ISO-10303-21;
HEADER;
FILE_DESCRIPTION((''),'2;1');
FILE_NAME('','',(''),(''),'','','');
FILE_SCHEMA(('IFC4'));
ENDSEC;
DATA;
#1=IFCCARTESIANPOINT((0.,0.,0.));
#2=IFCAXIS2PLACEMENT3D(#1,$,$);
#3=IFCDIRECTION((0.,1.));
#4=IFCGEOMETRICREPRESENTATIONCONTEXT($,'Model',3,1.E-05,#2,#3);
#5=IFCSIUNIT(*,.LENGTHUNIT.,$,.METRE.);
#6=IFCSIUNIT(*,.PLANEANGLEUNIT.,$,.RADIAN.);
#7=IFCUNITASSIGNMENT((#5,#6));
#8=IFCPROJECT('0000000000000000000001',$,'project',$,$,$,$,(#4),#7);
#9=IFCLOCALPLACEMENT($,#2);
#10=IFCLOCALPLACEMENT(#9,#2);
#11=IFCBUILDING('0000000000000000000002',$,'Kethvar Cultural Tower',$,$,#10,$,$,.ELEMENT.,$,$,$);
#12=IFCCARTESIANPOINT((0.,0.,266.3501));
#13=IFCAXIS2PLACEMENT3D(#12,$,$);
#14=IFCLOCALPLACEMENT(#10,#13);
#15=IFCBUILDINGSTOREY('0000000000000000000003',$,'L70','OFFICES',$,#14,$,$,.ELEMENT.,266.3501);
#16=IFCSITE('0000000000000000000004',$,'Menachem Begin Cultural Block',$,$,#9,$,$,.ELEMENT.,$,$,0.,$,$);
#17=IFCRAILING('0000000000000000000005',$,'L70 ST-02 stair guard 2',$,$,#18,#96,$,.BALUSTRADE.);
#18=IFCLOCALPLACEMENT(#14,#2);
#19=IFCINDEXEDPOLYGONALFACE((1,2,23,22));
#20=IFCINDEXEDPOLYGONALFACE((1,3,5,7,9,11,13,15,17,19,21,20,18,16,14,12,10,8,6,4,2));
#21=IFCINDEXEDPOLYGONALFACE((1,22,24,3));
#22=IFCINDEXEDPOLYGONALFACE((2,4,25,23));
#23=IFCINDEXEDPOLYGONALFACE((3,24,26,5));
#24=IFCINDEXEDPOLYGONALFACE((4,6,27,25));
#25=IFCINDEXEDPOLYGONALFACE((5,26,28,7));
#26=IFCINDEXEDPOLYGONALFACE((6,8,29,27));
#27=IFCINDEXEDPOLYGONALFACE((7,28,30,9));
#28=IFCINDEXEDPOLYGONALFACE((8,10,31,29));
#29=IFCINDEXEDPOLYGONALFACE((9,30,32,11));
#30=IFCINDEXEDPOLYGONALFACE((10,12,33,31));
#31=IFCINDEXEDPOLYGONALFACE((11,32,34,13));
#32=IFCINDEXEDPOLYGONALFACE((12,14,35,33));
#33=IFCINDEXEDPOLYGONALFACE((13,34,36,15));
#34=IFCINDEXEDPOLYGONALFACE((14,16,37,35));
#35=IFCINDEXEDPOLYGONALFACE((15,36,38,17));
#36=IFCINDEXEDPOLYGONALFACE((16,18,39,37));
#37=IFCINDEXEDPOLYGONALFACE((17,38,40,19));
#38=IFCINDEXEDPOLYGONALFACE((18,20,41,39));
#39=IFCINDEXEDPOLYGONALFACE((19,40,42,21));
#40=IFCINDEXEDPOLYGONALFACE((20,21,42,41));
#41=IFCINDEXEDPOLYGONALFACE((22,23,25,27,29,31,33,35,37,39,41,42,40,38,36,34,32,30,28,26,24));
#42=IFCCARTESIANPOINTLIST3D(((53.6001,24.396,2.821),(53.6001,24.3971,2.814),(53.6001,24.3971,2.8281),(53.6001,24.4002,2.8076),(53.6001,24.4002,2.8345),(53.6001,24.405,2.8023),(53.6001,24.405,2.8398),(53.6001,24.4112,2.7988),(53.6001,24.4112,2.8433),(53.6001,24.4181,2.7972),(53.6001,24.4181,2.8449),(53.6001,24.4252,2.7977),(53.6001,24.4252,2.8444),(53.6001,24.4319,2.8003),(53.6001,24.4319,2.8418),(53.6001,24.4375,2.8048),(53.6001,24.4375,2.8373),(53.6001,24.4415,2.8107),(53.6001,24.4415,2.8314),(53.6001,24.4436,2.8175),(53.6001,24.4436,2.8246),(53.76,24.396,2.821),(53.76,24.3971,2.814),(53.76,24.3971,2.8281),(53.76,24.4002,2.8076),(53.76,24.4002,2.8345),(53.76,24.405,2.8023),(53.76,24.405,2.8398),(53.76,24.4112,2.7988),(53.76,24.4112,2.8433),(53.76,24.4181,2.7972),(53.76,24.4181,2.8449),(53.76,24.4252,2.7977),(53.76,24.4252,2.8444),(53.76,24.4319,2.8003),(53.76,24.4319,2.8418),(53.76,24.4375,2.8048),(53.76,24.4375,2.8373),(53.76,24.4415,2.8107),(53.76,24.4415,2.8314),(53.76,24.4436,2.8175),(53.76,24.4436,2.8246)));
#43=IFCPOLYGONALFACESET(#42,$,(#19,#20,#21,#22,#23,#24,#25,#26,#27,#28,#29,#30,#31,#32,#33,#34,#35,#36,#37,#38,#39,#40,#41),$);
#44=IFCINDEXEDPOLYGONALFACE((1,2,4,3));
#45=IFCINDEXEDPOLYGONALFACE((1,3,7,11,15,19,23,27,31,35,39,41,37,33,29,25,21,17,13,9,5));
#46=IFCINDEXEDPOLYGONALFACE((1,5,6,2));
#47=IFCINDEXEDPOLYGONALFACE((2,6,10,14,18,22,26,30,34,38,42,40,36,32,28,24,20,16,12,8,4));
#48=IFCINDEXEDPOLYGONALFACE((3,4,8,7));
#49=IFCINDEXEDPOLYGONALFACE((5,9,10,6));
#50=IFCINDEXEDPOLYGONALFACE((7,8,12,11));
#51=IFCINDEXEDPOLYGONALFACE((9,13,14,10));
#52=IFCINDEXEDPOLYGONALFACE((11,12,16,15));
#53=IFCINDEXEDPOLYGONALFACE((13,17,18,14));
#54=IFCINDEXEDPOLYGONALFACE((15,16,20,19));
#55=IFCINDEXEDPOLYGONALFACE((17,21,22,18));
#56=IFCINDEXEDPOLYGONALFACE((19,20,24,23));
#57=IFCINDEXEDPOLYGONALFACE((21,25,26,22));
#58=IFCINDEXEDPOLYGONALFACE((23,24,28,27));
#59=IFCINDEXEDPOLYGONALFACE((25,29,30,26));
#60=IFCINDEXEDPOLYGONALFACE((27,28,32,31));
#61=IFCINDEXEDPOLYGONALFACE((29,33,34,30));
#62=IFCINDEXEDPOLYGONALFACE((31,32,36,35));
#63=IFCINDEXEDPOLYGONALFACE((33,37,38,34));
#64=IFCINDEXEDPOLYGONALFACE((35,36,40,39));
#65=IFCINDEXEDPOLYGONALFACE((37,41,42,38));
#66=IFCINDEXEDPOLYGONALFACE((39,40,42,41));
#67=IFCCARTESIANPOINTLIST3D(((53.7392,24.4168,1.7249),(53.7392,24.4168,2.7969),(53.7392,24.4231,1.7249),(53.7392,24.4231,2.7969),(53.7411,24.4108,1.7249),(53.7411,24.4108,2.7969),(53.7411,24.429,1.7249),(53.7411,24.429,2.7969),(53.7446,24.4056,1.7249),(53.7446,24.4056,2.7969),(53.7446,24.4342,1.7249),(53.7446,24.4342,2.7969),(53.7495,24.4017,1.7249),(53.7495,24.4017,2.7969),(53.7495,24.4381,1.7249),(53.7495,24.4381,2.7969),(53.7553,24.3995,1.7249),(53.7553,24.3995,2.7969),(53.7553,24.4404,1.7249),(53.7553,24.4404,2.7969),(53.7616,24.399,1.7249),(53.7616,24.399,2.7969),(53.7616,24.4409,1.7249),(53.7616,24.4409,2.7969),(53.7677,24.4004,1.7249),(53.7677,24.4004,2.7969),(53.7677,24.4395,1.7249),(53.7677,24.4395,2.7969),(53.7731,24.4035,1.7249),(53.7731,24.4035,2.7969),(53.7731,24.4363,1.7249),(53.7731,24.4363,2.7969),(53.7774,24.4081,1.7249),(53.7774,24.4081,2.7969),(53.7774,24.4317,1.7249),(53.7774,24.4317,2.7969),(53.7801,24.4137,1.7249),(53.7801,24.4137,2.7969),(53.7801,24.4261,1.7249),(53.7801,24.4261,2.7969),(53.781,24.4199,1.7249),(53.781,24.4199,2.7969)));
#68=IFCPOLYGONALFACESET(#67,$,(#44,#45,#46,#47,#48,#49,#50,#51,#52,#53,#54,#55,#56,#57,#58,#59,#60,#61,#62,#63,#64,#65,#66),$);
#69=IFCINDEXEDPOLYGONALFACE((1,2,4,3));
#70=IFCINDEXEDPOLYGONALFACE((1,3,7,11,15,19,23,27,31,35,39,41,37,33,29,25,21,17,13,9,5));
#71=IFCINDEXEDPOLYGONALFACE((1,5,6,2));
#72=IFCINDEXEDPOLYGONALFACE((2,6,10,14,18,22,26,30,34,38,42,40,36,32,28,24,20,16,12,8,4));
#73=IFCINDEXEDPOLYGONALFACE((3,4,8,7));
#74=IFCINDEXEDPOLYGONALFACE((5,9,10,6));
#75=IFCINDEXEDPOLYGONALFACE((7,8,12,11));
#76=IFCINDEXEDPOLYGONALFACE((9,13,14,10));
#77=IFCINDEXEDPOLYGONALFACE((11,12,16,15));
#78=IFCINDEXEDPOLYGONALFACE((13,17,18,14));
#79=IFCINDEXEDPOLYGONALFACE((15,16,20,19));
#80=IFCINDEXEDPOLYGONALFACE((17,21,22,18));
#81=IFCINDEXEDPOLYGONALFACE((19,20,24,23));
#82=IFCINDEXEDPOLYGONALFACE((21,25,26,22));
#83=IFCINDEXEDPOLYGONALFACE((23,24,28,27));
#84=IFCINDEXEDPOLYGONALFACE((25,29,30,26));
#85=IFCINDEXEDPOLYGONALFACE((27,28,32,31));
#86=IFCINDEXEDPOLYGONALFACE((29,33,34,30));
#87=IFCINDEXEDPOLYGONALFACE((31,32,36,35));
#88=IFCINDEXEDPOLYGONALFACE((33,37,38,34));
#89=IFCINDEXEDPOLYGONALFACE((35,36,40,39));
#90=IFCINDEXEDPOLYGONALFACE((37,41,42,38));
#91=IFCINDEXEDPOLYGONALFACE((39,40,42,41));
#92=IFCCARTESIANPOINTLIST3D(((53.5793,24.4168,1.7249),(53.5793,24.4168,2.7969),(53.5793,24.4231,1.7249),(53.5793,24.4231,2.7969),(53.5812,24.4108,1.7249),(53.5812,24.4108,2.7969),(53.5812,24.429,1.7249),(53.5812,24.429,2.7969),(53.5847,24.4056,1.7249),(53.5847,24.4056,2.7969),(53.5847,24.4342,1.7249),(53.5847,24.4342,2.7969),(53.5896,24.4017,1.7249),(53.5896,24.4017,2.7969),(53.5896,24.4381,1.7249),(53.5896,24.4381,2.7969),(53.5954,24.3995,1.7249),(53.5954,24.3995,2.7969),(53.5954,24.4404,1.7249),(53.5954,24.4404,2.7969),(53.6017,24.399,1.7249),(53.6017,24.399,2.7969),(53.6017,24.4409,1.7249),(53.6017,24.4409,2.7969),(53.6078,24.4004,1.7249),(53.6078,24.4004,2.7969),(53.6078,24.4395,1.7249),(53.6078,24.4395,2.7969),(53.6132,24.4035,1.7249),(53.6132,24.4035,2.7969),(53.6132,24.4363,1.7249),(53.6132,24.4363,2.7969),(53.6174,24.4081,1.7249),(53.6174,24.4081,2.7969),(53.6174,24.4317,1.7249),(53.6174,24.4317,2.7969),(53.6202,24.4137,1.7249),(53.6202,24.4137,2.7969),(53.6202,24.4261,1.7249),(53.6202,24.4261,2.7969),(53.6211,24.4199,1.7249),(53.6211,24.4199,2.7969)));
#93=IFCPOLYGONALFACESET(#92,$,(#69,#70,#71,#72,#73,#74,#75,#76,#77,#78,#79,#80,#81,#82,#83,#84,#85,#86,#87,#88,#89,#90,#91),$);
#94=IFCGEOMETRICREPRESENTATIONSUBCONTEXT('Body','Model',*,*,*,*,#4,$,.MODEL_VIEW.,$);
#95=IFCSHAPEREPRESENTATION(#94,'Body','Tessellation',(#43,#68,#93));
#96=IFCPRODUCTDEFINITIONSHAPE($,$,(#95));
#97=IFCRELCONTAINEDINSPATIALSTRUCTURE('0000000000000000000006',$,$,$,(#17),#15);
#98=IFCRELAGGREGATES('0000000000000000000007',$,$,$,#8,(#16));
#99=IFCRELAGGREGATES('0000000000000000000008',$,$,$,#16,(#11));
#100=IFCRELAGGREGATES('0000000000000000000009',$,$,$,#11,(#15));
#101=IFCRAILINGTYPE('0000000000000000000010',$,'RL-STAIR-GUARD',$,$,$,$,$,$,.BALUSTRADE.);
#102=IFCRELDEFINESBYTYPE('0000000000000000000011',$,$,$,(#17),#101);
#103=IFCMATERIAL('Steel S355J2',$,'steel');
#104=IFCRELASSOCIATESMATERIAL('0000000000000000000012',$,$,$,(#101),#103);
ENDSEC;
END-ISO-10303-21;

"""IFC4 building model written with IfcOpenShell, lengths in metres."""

from ifc_helpers import new_model, si_unit, direction, frame, origin, origin_2d, place, context, subcontext, project, spatial, circle, extrude, material, type_object, element, save


model = new_model("IFC4")

# Units and contexts
model_context = context("Model", 3, precision=1e-05, world=origin(), true_north=direction((0.0, 1.0)))
body_context = subcontext(model_context, "Body", "Model", "MODEL_VIEW")
ifc_project = project(units=[si_unit("LENGTHUNIT", "METRE"), si_unit("PLANEANGLEUNIT", "RADIAN")], contexts=[model_context])

# Site, building, storey
site_placement = place(None, origin())
site = spatial("IfcSite", under=ifc_project, at=site_placement, Name="Menachem Begin Cultural Block", CompositionType="ELEMENT", RefElevation=0.0)
building_placement = place(site_placement, origin())
building = spatial("IfcBuilding", under=site, at=building_placement, Name="Kethvar Cultural Tower", CompositionType="ELEMENT")
storey_placement = place(building_placement, frame((0.0, 0.0, 266.3501)))
storey = spatial("IfcBuildingStorey", under=building, at=storey_placement, Name="L70", Description="OFFICES", CompositionType="ELEMENT", Elevation=266.3501)

# Shared definitions
ifc_material_1 = material(Name="Steel S355J2", Category="steel")

# Railing
railing_type_1 = type_object("IfcRailingType", Name="RL-STAIR-GUARD", PredefinedType="BALUSTRADE", material=ifc_material_1)
railing_1_placement = place(storey_placement, frame((53.76, 24.4199, 1.7249)))
element("IfcRailing", 1, at=railing_1_placement, inside=storey, type_object=railing_type_1, Name="L70 ST-02 stair guard 2", PredefinedType="BALUSTRADE", context=body_context, shape_type="SweptSolid", body=[
    extrude(circle(Radius=0.0239, at=origin_2d()), frame((0.0, 0.0, 1.0962), z_axis=(-1.0, 0.0, 0.0), x_axis=(0.0, -1.0, 0.0)), (0.0, 0.0, 1.0), 0.1599),
    extrude(circle(Radius=0.021, at=origin_2d()), origin(), (0.0, 0.0, 1.0), 1.072),
    extrude(circle(Radius=0.021, at=origin_2d()), frame((-0.1599, 0.0, 0.0)), (0.0, 0.0, 1.0), 1.072),
])

save(model, "model.ifc")
